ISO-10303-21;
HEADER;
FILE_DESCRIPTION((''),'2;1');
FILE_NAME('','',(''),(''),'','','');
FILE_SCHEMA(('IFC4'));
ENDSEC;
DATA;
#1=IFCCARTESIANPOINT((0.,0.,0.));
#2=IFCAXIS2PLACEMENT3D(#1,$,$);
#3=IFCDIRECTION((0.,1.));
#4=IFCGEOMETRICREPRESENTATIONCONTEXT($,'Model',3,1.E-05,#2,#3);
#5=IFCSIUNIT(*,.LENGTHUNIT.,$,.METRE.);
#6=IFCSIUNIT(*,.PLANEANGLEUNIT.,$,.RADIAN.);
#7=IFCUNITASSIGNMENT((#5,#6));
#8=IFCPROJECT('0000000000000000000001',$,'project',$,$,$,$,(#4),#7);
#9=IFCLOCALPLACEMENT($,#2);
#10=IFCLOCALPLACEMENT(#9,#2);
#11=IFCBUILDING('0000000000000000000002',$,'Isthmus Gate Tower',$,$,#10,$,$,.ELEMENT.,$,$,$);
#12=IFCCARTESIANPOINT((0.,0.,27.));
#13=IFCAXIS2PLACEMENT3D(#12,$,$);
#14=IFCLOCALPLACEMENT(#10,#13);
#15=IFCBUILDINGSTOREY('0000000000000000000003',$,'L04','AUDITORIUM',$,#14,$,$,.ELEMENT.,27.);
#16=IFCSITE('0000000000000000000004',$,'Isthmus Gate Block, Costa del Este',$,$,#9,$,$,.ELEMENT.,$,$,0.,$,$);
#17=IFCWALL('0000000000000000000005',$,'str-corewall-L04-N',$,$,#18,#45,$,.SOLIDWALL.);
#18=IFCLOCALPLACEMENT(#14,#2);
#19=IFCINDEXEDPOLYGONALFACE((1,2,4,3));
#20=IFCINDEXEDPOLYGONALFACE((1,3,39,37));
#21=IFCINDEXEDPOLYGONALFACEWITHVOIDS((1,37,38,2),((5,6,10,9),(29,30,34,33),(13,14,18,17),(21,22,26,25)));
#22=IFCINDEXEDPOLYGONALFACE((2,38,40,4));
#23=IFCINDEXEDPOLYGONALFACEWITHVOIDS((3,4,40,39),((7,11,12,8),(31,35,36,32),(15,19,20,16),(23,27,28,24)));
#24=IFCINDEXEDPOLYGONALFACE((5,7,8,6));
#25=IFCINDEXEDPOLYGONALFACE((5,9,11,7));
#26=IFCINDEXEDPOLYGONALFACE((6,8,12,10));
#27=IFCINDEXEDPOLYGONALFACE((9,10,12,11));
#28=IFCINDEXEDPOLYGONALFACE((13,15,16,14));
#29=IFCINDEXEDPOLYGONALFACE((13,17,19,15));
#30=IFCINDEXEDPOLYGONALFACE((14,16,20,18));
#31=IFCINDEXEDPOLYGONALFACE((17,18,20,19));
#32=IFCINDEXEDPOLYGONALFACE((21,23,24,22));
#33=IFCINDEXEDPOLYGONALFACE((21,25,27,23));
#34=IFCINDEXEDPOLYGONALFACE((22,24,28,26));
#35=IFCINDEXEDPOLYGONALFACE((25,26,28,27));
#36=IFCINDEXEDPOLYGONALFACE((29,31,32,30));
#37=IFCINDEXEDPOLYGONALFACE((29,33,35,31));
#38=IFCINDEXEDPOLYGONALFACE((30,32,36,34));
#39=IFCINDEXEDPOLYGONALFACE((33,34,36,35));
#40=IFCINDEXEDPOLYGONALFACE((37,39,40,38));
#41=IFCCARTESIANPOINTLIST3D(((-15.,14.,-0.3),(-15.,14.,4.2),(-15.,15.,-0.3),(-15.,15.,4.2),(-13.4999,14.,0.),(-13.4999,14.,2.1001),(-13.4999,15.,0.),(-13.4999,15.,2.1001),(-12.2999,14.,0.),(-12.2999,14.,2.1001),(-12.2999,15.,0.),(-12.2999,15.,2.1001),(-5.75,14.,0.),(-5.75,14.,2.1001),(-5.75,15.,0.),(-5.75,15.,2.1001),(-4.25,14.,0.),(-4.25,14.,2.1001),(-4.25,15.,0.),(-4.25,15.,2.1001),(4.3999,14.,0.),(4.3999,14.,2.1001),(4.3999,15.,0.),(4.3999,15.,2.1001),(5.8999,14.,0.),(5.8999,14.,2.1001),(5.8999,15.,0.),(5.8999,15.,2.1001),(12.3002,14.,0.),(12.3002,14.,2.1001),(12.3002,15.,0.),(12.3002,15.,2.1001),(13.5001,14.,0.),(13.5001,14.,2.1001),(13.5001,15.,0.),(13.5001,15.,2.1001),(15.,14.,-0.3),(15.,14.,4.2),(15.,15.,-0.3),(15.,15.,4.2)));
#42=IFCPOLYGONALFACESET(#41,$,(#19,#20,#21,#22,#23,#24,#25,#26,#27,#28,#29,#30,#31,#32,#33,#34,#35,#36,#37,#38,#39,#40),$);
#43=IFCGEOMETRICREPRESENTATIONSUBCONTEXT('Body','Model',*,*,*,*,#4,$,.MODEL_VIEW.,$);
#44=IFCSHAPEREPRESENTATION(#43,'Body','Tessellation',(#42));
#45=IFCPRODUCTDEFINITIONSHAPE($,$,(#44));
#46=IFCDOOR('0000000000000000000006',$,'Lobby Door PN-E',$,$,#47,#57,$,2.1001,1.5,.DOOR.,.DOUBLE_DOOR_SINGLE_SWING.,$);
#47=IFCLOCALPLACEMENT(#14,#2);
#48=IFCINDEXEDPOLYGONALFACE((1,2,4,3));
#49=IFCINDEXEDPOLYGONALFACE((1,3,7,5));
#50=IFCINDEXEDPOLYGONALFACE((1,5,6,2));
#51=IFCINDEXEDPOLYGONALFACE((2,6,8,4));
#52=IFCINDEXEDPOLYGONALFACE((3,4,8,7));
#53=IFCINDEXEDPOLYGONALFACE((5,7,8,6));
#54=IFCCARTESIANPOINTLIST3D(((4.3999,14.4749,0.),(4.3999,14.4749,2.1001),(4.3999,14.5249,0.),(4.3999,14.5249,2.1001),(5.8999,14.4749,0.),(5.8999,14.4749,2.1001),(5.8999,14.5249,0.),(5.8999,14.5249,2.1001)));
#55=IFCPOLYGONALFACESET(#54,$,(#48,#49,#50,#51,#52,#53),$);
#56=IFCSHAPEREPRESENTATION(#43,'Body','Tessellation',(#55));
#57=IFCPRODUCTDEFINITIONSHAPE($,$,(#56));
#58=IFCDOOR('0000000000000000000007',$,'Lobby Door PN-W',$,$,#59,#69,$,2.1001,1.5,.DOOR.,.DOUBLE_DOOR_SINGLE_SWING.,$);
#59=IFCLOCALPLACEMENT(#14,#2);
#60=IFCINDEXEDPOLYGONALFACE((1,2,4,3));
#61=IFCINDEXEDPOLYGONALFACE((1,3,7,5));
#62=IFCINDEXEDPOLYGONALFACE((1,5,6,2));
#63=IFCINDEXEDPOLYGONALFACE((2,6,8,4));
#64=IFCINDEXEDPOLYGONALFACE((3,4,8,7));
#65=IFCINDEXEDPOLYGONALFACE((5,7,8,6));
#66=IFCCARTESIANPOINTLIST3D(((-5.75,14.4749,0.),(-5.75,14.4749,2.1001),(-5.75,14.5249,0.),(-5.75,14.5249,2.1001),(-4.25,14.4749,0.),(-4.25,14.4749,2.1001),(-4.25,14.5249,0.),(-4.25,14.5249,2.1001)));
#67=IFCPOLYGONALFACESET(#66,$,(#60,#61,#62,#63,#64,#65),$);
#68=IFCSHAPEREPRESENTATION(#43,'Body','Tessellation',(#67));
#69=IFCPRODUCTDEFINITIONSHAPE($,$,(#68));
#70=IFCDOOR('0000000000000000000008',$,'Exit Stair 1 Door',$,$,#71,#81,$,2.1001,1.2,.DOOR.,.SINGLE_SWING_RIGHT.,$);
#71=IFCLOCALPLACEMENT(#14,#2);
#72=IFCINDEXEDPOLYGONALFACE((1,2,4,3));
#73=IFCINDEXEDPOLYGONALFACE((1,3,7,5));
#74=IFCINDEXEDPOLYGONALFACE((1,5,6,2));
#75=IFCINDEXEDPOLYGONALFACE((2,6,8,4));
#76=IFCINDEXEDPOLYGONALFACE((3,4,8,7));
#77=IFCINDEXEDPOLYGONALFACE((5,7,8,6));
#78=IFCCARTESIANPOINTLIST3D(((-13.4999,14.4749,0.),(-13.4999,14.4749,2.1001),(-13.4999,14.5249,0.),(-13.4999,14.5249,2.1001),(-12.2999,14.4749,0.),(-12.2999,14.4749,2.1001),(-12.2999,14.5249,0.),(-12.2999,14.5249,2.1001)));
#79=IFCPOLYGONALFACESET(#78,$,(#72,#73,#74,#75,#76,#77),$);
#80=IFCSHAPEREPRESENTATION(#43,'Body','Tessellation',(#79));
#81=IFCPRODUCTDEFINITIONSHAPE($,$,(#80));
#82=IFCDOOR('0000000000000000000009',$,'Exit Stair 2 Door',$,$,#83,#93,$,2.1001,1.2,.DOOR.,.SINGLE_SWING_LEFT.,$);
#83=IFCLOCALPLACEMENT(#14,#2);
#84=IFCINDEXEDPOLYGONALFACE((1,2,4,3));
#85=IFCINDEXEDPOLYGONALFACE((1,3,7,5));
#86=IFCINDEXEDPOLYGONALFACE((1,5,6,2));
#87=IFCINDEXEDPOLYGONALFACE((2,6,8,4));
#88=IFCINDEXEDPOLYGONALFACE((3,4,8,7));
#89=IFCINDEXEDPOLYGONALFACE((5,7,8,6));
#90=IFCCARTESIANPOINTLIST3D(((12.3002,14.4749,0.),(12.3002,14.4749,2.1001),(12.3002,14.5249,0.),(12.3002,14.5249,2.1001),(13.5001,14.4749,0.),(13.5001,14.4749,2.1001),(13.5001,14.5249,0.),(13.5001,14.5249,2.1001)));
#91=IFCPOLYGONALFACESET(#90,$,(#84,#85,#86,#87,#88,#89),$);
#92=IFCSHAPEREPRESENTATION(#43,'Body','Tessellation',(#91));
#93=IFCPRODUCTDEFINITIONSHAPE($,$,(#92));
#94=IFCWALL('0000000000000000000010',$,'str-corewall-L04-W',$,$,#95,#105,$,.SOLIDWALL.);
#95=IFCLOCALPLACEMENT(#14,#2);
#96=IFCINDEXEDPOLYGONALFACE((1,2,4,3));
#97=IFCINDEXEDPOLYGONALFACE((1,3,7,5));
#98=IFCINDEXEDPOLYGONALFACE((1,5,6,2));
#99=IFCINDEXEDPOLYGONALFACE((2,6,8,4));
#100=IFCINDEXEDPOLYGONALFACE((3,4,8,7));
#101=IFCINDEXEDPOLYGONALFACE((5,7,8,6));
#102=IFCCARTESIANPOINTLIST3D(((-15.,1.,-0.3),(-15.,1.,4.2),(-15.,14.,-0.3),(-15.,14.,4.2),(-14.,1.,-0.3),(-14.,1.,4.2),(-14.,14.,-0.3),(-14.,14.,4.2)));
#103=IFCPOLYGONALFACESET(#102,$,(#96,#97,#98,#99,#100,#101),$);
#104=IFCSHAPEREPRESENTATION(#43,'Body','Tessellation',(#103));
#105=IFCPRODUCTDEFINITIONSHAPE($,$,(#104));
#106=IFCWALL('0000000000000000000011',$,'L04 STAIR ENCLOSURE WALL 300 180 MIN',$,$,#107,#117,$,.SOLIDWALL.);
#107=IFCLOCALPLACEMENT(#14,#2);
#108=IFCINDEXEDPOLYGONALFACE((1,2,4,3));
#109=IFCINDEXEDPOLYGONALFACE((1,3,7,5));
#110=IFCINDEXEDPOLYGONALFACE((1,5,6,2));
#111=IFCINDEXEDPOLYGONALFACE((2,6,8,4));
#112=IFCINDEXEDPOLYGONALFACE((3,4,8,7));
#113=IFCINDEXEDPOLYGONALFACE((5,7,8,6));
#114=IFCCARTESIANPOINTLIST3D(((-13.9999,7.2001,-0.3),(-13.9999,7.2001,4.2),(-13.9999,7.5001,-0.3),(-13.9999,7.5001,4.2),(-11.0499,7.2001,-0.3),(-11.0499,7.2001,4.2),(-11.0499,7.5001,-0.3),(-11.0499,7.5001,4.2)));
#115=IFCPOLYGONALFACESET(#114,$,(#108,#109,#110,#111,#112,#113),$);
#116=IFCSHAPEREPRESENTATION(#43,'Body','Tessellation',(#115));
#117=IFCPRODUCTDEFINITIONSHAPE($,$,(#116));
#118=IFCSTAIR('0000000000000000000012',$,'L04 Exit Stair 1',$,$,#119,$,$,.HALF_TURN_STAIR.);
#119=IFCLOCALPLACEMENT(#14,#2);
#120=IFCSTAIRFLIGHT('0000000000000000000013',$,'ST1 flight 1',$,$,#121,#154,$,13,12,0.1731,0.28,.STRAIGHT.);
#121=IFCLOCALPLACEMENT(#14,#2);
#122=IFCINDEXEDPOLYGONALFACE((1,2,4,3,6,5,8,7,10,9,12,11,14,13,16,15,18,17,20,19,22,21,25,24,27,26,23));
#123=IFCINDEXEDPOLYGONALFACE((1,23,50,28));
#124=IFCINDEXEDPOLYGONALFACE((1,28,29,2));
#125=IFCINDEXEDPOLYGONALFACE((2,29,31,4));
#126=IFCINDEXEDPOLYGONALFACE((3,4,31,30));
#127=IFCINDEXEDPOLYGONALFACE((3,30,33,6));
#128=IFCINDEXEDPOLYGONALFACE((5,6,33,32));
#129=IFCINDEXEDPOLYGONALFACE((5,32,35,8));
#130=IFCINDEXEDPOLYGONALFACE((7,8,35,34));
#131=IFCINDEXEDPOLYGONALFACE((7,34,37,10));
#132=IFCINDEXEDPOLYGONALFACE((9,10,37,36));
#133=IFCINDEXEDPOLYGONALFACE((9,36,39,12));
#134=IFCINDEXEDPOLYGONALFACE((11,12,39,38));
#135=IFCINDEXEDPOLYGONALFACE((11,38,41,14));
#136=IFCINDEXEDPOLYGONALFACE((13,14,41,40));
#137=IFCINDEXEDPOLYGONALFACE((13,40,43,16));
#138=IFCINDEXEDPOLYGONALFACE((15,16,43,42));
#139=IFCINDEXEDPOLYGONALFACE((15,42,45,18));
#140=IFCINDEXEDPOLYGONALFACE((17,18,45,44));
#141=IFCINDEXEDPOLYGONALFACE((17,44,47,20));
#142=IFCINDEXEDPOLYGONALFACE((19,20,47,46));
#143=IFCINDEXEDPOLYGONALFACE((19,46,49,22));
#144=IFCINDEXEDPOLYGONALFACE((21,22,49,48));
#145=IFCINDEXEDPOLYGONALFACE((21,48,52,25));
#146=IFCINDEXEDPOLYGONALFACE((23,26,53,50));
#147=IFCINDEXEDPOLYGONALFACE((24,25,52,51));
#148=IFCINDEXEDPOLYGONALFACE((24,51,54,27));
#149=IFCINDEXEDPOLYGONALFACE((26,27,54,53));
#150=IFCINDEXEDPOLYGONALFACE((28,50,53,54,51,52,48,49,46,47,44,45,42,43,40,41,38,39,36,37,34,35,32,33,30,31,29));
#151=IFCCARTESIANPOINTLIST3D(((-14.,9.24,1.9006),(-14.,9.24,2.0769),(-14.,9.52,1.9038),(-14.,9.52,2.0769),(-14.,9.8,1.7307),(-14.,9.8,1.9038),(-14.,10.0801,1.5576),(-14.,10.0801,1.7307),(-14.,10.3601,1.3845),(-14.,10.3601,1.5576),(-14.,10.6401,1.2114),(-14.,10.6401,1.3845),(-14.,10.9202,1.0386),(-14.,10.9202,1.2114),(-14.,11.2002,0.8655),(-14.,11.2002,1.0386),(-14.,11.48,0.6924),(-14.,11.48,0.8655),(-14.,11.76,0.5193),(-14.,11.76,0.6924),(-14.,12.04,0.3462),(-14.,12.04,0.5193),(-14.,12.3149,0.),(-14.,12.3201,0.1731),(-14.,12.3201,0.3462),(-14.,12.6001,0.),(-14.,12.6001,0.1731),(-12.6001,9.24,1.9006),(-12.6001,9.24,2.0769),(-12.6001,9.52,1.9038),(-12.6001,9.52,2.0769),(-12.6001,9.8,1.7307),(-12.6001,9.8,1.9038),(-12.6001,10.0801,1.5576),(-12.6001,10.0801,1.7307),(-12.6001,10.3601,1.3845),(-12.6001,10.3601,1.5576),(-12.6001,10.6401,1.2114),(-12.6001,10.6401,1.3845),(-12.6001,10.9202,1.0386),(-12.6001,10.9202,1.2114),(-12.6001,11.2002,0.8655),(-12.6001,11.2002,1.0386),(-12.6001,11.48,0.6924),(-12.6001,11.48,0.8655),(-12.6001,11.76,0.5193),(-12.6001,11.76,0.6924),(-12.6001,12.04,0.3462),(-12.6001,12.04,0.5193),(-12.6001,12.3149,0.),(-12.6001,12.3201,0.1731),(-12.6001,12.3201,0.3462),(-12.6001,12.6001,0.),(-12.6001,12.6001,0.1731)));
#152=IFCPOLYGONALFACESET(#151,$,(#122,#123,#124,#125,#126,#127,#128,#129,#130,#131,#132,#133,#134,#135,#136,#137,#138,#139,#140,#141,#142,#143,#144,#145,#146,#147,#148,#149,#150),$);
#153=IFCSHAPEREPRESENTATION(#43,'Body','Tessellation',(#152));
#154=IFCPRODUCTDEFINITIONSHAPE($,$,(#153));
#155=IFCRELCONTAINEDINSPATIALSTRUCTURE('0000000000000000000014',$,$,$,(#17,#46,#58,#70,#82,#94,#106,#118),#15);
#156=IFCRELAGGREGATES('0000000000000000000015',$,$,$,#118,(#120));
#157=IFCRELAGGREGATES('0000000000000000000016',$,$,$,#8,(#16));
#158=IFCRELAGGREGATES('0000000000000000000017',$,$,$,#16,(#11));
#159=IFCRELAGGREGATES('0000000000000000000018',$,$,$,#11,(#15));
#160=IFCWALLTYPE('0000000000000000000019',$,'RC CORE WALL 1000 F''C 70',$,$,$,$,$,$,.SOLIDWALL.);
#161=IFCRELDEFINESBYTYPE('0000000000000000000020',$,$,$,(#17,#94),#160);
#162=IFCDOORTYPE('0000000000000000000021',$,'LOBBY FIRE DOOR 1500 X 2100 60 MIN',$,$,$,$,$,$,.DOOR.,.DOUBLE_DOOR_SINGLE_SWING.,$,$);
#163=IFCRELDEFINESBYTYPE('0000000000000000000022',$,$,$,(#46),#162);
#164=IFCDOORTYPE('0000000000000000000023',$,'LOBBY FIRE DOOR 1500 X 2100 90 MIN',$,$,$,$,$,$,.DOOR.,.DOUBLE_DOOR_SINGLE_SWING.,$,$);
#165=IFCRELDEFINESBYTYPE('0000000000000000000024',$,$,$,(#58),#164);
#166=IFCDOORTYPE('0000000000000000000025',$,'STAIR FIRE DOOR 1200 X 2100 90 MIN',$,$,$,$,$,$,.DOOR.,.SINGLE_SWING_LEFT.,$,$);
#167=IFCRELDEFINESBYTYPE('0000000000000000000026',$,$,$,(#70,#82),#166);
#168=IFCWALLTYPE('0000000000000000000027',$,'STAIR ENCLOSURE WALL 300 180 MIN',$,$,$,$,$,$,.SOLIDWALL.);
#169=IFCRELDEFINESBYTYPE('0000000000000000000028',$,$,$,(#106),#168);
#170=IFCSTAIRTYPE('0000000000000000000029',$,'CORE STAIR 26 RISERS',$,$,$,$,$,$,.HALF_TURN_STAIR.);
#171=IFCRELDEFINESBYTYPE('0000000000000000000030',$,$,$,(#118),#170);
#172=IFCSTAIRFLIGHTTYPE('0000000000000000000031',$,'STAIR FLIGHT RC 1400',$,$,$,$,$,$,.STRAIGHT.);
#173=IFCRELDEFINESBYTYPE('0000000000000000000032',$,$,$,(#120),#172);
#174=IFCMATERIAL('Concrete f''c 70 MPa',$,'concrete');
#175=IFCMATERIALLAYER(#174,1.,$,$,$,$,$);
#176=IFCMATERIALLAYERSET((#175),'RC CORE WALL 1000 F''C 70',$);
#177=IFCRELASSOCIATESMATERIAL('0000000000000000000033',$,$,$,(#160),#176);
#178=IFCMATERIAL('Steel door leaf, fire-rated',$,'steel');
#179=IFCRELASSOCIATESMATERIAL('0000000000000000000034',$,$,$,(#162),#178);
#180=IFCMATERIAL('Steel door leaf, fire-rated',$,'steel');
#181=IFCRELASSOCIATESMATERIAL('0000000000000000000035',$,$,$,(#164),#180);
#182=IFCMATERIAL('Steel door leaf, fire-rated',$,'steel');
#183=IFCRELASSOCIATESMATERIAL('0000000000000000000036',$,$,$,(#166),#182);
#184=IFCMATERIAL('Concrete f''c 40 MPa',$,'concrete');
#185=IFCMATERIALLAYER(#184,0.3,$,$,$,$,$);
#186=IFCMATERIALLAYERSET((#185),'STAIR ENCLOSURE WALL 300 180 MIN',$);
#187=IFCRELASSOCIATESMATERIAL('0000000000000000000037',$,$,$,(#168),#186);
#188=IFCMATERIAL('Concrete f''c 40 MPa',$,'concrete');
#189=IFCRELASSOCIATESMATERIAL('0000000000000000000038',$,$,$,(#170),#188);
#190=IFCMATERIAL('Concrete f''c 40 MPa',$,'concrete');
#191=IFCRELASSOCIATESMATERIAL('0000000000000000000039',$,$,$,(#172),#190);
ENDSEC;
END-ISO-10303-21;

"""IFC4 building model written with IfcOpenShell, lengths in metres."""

from ifc_helpers import new_model, si_unit, direction, frame, frame_2d, origin, place, context, subcontext, project, spatial, polyline, rectangle, outline, extrude, material, layer, layer_set, type_object, element, fill, aggregate, save


model = new_model("IFC4")

# Units and contexts
model_context = context("Model", 3, precision=1e-05, world=origin(), true_north=direction((0.0, 1.0)))
body_context = subcontext(model_context, "Body", "Model", "MODEL_VIEW")
ifc_project = project(units=[si_unit("LENGTHUNIT", "METRE"), si_unit("PLANEANGLEUNIT", "RADIAN")], contexts=[model_context])

# Site, building, storey
site_placement = place(None, origin())
site = spatial("IfcSite", under=ifc_project, at=site_placement, Name="Isthmus Gate Block, Costa del Este", CompositionType="ELEMENT", RefElevation=0.0)
building_placement = place(site_placement, origin())
building = spatial("IfcBuilding", under=site, at=building_placement, Name="Isthmus Gate Tower", CompositionType="ELEMENT")
storey_placement = place(building_placement, frame((0.0, 0.0, 27.0)))
storey = spatial("IfcBuildingStorey", under=building, at=storey_placement, Name="L04", Description="AUDITORIUM", CompositionType="ELEMENT", Elevation=27.0)

# Wall, openings, doors
ifc_material_1 = material(Name="Concrete f'c 70 MPa", Category="concrete")
ifc_layer_1 = layer(ifc_material_1, 1.0)
ifc_layer_set_1 = layer_set([ifc_layer_1], Name="RC CORE WALL 1000 F'C 70")
wall_type_1 = type_object("IfcWallType", Name="RC CORE WALL 1000 F'C 70", PredefinedType="SOLIDWALL", material=ifc_layer_set_1)
wall_1_placement = place(storey_placement, frame((-15.0, 14.5, -0.3), z_axis=(0.0, 0.0, 1.0), x_axis=(1.0, 0.0, 0.0)))
wall_1 = element("IfcWall", 1, at=wall_1_placement, inside=storey, type_object=wall_type_1, Name="str-corewall-L04-N", PredefinedType="SOLIDWALL", context=body_context, shape_type="SweptSolid", body=[
    extrude(rectangle(XDim=30.0, YDim=1.0, at=frame_2d((15.0, 0.0))), origin(), (0.0, 0.0, 1.0), 4.5),
])
opening_1_placement = place(wall_1_placement, frame((9.25, 0.0, 0.3)))
opening_1 = element("IfcOpeningElement", 2, at=opening_1_placement, cuts=wall_1, PredefinedType="OPENING", context=body_context, shape_type="SweptSolid", body=[
    extrude(rectangle(XDim=1.5, YDim=2.1001, at=frame_2d((0.75, 1.05))), frame((0.0, 0.51, 0.0), z_axis=(0.0, -1.0, 0.0), x_axis=(1.0, 0.0, 0.0)), (0.0, 0.0, 1.0), 1.02),
])
opening_2_placement = place(wall_1_placement, frame((19.3999, 0.0, 0.3)))
opening_2 = element("IfcOpeningElement", 3, at=opening_2_placement, cuts=wall_1, PredefinedType="OPENING", context=body_context, shape_type="SweptSolid", body=[
    extrude(rectangle(XDim=1.5, YDim=2.1001, at=frame_2d((0.75, 1.05))), frame((0.0, 0.51, 0.0), z_axis=(0.0, -1.0, 0.0), x_axis=(1.0, 0.0, 0.0)), (0.0, 0.0, 1.0), 1.02),
])
opening_3_placement = place(wall_1_placement, frame((1.5, 0.0, 0.3)))
opening_3 = element("IfcOpeningElement", 4, at=opening_3_placement, cuts=wall_1, PredefinedType="OPENING", context=body_context, shape_type="SweptSolid", body=[
    extrude(rectangle(XDim=1.2, YDim=2.1001, at=frame_2d((0.6001, 1.05))), frame((0.0, 0.51, 0.0), z_axis=(0.0, -1.0, 0.0), x_axis=(1.0, 0.0, 0.0)), (0.0, 0.0, 1.0), 1.02),
])
opening_4_placement = place(wall_1_placement, frame((27.3, 0.0, 0.3)))
opening_4 = element("IfcOpeningElement", 5, at=opening_4_placement, cuts=wall_1, PredefinedType="OPENING", context=body_context, shape_type="SweptSolid", body=[
    extrude(rectangle(XDim=1.2, YDim=2.1001, at=frame_2d((0.6001, 1.05))), frame((0.0, 0.51, 0.0), z_axis=(0.0, -1.0, 0.0), x_axis=(1.0, 0.0, 0.0)), (0.0, 0.0, 1.0), 1.02),
])
ifc_material_2 = material(Name="Steel door leaf, fire-rated", Category="steel")
door_type_1 = type_object("IfcDoorType", Name="LOBBY FIRE DOOR 1500 X 2100 60 MIN", OperationType="DOUBLE_DOOR_SINGLE_SWING", PredefinedType="DOOR", material=ifc_material_2)
door_1_placement = place(opening_2_placement, origin())
door_1 = element("IfcDoor", 6, at=door_1_placement, inside=storey, type_object=door_type_1, Name="Lobby Door PN-E", OperationType="DOUBLE_DOOR_SINGLE_SWING", OverallHeight=2.1001, OverallWidth=1.5, PredefinedType="DOOR", context=body_context, shape_type="SweptSolid", body=[
    extrude(rectangle(XDim=1.5, YDim=2.1001, at=frame_2d((0.75, 1.05))), frame((0.0, 0.0249, 0.0), z_axis=(0.0, -1.0, 0.0), x_axis=(1.0, 0.0, 0.0)), (0.0, 0.0, 1.0), 0.05),
])
fill(opening_2, door_1)
ifc_material_3 = material(Name="Steel door leaf, fire-rated", Category="steel")
door_type_2 = type_object("IfcDoorType", Name="LOBBY FIRE DOOR 1500 X 2100 90 MIN", OperationType="DOUBLE_DOOR_SINGLE_SWING", PredefinedType="DOOR", material=ifc_material_3)
door_2_placement = place(opening_1_placement, origin())
door_2 = element("IfcDoor", 7, at=door_2_placement, inside=storey, type_object=door_type_2, Name="Lobby Door PN-W", OperationType="DOUBLE_DOOR_SINGLE_SWING", OverallHeight=2.1001, OverallWidth=1.5, PredefinedType="DOOR", context=body_context, shape_type="SweptSolid", body=[
    extrude(rectangle(XDim=1.5, YDim=2.1001, at=frame_2d((0.75, 1.05))), frame((0.0, 0.0249, 0.0), z_axis=(0.0, -1.0, 0.0), x_axis=(1.0, 0.0, 0.0)), (0.0, 0.0, 1.0), 0.05),
])
fill(opening_1, door_2)
ifc_material_4 = material(Name="Steel door leaf, fire-rated", Category="steel")
door_type_3 = type_object("IfcDoorType", Name="STAIR FIRE DOOR 1200 X 2100 90 MIN", OperationType="SINGLE_SWING_LEFT", PredefinedType="DOOR", material=ifc_material_4)
door_3_placement = place(opening_3_placement, origin())
door_3 = element("IfcDoor", 8, at=door_3_placement, inside=storey, type_object=door_type_3, Name="Exit Stair 1 Door", OperationType="SINGLE_SWING_RIGHT", OverallHeight=2.1001, OverallWidth=1.2, PredefinedType="DOOR", context=body_context, shape_type="SweptSolid", body=[
    extrude(rectangle(XDim=1.2, YDim=2.1001, at=frame_2d((0.6001, 1.05))), frame((0.0, 0.0249, 0.0), z_axis=(0.0, -1.0, 0.0), x_axis=(1.0, 0.0, 0.0)), (0.0, 0.0, 1.0), 0.05),
])
fill(opening_3, door_3)
door_4_placement = place(opening_4_placement, origin())
door_4 = element("IfcDoor", 9, at=door_4_placement, inside=storey, type_object=door_type_3, Name="Exit Stair 2 Door", OperationType="SINGLE_SWING_LEFT", OverallHeight=2.1001, OverallWidth=1.2, PredefinedType="DOOR", context=body_context, shape_type="SweptSolid", body=[
    extrude(rectangle(XDim=1.2, YDim=2.1001, at=frame_2d((0.6001, 1.05))), frame((0.0, 0.0249, 0.0), z_axis=(0.0, -1.0, 0.0), x_axis=(1.0, 0.0, 0.0)), (0.0, 0.0, 1.0), 0.05),
])
fill(opening_4, door_4)

# Walls
wall_2_placement = place(storey_placement, frame((-14.5, 1.0, -0.3), z_axis=(0.0, 0.0, 1.0), x_axis=(0.0, 1.0, 0.0)))
element("IfcWall", 10, at=wall_2_placement, inside=storey, type_object=wall_type_1, Name="str-corewall-L04-W", PredefinedType="SOLIDWALL", context=body_context, shape_type="SweptSolid", body=[
    extrude(rectangle(XDim=13.0, YDim=1.0, at=frame_2d((6.5, 0.0))), origin(), (0.0, 0.0, 1.0), 4.5),
])
ifc_material_5 = material(Name="Concrete f'c 40 MPa", Category="concrete")
ifc_layer_2 = layer(ifc_material_5, 0.3)
ifc_layer_set_2 = layer_set([ifc_layer_2], Name="STAIR ENCLOSURE WALL 300 180 MIN")
wall_type_2 = type_object("IfcWallType", Name="STAIR ENCLOSURE WALL 300 180 MIN", PredefinedType="SOLIDWALL", material=ifc_layer_set_2)
wall_3_placement = place(storey_placement, frame((-14.0, 7.3501, -0.3), z_axis=(0.0, 0.0, 1.0), x_axis=(1.0, 0.0, 0.0)))
element("IfcWall", 11, at=wall_3_placement, inside=storey, type_object=wall_type_2, Name="L04 STAIR ENCLOSURE WALL 300 180 MIN", PredefinedType="SOLIDWALL", context=body_context, shape_type="SweptSolid", body=[
    extrude(rectangle(XDim=2.95, YDim=0.3, at=frame_2d((1.4751, 0.0))), origin(), (0.0, 0.0, 1.0), 4.5),
])

# Stair, stair flight
ifc_material_6 = material(Name="Concrete f'c 40 MPa", Category="concrete")
stair_type = type_object("IfcStairType", Name="CORE STAIR 26 RISERS", PredefinedType="HALF_TURN_STAIR", material=ifc_material_6)
stair_1_placement = place(storey_placement, origin())
stair_1 = element("IfcStair", 12, at=stair_1_placement, inside=storey, type_object=stair_type, Name="L04 Exit Stair 1", PredefinedType="HALF_TURN_STAIR")
ifc_material_7 = material(Name="Concrete f'c 40 MPa", Category="concrete")
stair_flight_type = type_object("IfcStairFlightType", Name="STAIR FLIGHT RC 1400", PredefinedType="STRAIGHT", material=ifc_material_7)
stair_flight_1_placement = place(storey_placement, frame((-13.3, 12.6001, 0.0), z_axis=(0.0, 0.0, 1.0), x_axis=(0.0, -1.0, 0.0)))
stair_flight_1 = element("IfcStairFlight", 13, at=stair_flight_1_placement, type_object=stair_flight_type, Name="ST1 flight 1", NumberOfRisers=13, NumberOfTreads=12, PredefinedType="STRAIGHT", RiserHeight=0.1731, TreadLength=0.28, context=body_context, shape_type="SweptSolid", body=[
    extrude(outline(polyline([(0.0, 0.0), (0.0, 0.1731), (0.28, 0.1731), (0.28, 0.3462), (0.5601, 0.3462), (0.5601, 0.5193), (0.8401, 0.5193), (0.8401, 0.6924), (1.1201, 0.6924), (1.1201, 0.8655), (1.3999, 0.8655), (1.3999, 1.0386), (1.6799, 1.0386), (1.6799, 1.2114), (1.96, 1.2114), (1.96, 1.3845), (2.24, 1.3845), (2.24, 1.5576), (2.52, 1.5576), (2.52, 1.7307), (2.8, 1.7307), (2.8, 1.9038), (3.0801, 1.9038), (3.0801, 2.0769), (3.3601, 2.0769), (3.3601, 2.25), (3.3601, 1.9006), (0.2852, 0.0), (0.0, 0.0)])), frame((0.0, 0.7, 0.0), z_axis=(0.0, -1.0, 0.0), x_axis=(1.0, 0.0, 0.0)), (0.0, 0.0, 1.0), 1.3999),
])
aggregate(stair_1, [stair_flight_1])

save(model, "model.ifc")
